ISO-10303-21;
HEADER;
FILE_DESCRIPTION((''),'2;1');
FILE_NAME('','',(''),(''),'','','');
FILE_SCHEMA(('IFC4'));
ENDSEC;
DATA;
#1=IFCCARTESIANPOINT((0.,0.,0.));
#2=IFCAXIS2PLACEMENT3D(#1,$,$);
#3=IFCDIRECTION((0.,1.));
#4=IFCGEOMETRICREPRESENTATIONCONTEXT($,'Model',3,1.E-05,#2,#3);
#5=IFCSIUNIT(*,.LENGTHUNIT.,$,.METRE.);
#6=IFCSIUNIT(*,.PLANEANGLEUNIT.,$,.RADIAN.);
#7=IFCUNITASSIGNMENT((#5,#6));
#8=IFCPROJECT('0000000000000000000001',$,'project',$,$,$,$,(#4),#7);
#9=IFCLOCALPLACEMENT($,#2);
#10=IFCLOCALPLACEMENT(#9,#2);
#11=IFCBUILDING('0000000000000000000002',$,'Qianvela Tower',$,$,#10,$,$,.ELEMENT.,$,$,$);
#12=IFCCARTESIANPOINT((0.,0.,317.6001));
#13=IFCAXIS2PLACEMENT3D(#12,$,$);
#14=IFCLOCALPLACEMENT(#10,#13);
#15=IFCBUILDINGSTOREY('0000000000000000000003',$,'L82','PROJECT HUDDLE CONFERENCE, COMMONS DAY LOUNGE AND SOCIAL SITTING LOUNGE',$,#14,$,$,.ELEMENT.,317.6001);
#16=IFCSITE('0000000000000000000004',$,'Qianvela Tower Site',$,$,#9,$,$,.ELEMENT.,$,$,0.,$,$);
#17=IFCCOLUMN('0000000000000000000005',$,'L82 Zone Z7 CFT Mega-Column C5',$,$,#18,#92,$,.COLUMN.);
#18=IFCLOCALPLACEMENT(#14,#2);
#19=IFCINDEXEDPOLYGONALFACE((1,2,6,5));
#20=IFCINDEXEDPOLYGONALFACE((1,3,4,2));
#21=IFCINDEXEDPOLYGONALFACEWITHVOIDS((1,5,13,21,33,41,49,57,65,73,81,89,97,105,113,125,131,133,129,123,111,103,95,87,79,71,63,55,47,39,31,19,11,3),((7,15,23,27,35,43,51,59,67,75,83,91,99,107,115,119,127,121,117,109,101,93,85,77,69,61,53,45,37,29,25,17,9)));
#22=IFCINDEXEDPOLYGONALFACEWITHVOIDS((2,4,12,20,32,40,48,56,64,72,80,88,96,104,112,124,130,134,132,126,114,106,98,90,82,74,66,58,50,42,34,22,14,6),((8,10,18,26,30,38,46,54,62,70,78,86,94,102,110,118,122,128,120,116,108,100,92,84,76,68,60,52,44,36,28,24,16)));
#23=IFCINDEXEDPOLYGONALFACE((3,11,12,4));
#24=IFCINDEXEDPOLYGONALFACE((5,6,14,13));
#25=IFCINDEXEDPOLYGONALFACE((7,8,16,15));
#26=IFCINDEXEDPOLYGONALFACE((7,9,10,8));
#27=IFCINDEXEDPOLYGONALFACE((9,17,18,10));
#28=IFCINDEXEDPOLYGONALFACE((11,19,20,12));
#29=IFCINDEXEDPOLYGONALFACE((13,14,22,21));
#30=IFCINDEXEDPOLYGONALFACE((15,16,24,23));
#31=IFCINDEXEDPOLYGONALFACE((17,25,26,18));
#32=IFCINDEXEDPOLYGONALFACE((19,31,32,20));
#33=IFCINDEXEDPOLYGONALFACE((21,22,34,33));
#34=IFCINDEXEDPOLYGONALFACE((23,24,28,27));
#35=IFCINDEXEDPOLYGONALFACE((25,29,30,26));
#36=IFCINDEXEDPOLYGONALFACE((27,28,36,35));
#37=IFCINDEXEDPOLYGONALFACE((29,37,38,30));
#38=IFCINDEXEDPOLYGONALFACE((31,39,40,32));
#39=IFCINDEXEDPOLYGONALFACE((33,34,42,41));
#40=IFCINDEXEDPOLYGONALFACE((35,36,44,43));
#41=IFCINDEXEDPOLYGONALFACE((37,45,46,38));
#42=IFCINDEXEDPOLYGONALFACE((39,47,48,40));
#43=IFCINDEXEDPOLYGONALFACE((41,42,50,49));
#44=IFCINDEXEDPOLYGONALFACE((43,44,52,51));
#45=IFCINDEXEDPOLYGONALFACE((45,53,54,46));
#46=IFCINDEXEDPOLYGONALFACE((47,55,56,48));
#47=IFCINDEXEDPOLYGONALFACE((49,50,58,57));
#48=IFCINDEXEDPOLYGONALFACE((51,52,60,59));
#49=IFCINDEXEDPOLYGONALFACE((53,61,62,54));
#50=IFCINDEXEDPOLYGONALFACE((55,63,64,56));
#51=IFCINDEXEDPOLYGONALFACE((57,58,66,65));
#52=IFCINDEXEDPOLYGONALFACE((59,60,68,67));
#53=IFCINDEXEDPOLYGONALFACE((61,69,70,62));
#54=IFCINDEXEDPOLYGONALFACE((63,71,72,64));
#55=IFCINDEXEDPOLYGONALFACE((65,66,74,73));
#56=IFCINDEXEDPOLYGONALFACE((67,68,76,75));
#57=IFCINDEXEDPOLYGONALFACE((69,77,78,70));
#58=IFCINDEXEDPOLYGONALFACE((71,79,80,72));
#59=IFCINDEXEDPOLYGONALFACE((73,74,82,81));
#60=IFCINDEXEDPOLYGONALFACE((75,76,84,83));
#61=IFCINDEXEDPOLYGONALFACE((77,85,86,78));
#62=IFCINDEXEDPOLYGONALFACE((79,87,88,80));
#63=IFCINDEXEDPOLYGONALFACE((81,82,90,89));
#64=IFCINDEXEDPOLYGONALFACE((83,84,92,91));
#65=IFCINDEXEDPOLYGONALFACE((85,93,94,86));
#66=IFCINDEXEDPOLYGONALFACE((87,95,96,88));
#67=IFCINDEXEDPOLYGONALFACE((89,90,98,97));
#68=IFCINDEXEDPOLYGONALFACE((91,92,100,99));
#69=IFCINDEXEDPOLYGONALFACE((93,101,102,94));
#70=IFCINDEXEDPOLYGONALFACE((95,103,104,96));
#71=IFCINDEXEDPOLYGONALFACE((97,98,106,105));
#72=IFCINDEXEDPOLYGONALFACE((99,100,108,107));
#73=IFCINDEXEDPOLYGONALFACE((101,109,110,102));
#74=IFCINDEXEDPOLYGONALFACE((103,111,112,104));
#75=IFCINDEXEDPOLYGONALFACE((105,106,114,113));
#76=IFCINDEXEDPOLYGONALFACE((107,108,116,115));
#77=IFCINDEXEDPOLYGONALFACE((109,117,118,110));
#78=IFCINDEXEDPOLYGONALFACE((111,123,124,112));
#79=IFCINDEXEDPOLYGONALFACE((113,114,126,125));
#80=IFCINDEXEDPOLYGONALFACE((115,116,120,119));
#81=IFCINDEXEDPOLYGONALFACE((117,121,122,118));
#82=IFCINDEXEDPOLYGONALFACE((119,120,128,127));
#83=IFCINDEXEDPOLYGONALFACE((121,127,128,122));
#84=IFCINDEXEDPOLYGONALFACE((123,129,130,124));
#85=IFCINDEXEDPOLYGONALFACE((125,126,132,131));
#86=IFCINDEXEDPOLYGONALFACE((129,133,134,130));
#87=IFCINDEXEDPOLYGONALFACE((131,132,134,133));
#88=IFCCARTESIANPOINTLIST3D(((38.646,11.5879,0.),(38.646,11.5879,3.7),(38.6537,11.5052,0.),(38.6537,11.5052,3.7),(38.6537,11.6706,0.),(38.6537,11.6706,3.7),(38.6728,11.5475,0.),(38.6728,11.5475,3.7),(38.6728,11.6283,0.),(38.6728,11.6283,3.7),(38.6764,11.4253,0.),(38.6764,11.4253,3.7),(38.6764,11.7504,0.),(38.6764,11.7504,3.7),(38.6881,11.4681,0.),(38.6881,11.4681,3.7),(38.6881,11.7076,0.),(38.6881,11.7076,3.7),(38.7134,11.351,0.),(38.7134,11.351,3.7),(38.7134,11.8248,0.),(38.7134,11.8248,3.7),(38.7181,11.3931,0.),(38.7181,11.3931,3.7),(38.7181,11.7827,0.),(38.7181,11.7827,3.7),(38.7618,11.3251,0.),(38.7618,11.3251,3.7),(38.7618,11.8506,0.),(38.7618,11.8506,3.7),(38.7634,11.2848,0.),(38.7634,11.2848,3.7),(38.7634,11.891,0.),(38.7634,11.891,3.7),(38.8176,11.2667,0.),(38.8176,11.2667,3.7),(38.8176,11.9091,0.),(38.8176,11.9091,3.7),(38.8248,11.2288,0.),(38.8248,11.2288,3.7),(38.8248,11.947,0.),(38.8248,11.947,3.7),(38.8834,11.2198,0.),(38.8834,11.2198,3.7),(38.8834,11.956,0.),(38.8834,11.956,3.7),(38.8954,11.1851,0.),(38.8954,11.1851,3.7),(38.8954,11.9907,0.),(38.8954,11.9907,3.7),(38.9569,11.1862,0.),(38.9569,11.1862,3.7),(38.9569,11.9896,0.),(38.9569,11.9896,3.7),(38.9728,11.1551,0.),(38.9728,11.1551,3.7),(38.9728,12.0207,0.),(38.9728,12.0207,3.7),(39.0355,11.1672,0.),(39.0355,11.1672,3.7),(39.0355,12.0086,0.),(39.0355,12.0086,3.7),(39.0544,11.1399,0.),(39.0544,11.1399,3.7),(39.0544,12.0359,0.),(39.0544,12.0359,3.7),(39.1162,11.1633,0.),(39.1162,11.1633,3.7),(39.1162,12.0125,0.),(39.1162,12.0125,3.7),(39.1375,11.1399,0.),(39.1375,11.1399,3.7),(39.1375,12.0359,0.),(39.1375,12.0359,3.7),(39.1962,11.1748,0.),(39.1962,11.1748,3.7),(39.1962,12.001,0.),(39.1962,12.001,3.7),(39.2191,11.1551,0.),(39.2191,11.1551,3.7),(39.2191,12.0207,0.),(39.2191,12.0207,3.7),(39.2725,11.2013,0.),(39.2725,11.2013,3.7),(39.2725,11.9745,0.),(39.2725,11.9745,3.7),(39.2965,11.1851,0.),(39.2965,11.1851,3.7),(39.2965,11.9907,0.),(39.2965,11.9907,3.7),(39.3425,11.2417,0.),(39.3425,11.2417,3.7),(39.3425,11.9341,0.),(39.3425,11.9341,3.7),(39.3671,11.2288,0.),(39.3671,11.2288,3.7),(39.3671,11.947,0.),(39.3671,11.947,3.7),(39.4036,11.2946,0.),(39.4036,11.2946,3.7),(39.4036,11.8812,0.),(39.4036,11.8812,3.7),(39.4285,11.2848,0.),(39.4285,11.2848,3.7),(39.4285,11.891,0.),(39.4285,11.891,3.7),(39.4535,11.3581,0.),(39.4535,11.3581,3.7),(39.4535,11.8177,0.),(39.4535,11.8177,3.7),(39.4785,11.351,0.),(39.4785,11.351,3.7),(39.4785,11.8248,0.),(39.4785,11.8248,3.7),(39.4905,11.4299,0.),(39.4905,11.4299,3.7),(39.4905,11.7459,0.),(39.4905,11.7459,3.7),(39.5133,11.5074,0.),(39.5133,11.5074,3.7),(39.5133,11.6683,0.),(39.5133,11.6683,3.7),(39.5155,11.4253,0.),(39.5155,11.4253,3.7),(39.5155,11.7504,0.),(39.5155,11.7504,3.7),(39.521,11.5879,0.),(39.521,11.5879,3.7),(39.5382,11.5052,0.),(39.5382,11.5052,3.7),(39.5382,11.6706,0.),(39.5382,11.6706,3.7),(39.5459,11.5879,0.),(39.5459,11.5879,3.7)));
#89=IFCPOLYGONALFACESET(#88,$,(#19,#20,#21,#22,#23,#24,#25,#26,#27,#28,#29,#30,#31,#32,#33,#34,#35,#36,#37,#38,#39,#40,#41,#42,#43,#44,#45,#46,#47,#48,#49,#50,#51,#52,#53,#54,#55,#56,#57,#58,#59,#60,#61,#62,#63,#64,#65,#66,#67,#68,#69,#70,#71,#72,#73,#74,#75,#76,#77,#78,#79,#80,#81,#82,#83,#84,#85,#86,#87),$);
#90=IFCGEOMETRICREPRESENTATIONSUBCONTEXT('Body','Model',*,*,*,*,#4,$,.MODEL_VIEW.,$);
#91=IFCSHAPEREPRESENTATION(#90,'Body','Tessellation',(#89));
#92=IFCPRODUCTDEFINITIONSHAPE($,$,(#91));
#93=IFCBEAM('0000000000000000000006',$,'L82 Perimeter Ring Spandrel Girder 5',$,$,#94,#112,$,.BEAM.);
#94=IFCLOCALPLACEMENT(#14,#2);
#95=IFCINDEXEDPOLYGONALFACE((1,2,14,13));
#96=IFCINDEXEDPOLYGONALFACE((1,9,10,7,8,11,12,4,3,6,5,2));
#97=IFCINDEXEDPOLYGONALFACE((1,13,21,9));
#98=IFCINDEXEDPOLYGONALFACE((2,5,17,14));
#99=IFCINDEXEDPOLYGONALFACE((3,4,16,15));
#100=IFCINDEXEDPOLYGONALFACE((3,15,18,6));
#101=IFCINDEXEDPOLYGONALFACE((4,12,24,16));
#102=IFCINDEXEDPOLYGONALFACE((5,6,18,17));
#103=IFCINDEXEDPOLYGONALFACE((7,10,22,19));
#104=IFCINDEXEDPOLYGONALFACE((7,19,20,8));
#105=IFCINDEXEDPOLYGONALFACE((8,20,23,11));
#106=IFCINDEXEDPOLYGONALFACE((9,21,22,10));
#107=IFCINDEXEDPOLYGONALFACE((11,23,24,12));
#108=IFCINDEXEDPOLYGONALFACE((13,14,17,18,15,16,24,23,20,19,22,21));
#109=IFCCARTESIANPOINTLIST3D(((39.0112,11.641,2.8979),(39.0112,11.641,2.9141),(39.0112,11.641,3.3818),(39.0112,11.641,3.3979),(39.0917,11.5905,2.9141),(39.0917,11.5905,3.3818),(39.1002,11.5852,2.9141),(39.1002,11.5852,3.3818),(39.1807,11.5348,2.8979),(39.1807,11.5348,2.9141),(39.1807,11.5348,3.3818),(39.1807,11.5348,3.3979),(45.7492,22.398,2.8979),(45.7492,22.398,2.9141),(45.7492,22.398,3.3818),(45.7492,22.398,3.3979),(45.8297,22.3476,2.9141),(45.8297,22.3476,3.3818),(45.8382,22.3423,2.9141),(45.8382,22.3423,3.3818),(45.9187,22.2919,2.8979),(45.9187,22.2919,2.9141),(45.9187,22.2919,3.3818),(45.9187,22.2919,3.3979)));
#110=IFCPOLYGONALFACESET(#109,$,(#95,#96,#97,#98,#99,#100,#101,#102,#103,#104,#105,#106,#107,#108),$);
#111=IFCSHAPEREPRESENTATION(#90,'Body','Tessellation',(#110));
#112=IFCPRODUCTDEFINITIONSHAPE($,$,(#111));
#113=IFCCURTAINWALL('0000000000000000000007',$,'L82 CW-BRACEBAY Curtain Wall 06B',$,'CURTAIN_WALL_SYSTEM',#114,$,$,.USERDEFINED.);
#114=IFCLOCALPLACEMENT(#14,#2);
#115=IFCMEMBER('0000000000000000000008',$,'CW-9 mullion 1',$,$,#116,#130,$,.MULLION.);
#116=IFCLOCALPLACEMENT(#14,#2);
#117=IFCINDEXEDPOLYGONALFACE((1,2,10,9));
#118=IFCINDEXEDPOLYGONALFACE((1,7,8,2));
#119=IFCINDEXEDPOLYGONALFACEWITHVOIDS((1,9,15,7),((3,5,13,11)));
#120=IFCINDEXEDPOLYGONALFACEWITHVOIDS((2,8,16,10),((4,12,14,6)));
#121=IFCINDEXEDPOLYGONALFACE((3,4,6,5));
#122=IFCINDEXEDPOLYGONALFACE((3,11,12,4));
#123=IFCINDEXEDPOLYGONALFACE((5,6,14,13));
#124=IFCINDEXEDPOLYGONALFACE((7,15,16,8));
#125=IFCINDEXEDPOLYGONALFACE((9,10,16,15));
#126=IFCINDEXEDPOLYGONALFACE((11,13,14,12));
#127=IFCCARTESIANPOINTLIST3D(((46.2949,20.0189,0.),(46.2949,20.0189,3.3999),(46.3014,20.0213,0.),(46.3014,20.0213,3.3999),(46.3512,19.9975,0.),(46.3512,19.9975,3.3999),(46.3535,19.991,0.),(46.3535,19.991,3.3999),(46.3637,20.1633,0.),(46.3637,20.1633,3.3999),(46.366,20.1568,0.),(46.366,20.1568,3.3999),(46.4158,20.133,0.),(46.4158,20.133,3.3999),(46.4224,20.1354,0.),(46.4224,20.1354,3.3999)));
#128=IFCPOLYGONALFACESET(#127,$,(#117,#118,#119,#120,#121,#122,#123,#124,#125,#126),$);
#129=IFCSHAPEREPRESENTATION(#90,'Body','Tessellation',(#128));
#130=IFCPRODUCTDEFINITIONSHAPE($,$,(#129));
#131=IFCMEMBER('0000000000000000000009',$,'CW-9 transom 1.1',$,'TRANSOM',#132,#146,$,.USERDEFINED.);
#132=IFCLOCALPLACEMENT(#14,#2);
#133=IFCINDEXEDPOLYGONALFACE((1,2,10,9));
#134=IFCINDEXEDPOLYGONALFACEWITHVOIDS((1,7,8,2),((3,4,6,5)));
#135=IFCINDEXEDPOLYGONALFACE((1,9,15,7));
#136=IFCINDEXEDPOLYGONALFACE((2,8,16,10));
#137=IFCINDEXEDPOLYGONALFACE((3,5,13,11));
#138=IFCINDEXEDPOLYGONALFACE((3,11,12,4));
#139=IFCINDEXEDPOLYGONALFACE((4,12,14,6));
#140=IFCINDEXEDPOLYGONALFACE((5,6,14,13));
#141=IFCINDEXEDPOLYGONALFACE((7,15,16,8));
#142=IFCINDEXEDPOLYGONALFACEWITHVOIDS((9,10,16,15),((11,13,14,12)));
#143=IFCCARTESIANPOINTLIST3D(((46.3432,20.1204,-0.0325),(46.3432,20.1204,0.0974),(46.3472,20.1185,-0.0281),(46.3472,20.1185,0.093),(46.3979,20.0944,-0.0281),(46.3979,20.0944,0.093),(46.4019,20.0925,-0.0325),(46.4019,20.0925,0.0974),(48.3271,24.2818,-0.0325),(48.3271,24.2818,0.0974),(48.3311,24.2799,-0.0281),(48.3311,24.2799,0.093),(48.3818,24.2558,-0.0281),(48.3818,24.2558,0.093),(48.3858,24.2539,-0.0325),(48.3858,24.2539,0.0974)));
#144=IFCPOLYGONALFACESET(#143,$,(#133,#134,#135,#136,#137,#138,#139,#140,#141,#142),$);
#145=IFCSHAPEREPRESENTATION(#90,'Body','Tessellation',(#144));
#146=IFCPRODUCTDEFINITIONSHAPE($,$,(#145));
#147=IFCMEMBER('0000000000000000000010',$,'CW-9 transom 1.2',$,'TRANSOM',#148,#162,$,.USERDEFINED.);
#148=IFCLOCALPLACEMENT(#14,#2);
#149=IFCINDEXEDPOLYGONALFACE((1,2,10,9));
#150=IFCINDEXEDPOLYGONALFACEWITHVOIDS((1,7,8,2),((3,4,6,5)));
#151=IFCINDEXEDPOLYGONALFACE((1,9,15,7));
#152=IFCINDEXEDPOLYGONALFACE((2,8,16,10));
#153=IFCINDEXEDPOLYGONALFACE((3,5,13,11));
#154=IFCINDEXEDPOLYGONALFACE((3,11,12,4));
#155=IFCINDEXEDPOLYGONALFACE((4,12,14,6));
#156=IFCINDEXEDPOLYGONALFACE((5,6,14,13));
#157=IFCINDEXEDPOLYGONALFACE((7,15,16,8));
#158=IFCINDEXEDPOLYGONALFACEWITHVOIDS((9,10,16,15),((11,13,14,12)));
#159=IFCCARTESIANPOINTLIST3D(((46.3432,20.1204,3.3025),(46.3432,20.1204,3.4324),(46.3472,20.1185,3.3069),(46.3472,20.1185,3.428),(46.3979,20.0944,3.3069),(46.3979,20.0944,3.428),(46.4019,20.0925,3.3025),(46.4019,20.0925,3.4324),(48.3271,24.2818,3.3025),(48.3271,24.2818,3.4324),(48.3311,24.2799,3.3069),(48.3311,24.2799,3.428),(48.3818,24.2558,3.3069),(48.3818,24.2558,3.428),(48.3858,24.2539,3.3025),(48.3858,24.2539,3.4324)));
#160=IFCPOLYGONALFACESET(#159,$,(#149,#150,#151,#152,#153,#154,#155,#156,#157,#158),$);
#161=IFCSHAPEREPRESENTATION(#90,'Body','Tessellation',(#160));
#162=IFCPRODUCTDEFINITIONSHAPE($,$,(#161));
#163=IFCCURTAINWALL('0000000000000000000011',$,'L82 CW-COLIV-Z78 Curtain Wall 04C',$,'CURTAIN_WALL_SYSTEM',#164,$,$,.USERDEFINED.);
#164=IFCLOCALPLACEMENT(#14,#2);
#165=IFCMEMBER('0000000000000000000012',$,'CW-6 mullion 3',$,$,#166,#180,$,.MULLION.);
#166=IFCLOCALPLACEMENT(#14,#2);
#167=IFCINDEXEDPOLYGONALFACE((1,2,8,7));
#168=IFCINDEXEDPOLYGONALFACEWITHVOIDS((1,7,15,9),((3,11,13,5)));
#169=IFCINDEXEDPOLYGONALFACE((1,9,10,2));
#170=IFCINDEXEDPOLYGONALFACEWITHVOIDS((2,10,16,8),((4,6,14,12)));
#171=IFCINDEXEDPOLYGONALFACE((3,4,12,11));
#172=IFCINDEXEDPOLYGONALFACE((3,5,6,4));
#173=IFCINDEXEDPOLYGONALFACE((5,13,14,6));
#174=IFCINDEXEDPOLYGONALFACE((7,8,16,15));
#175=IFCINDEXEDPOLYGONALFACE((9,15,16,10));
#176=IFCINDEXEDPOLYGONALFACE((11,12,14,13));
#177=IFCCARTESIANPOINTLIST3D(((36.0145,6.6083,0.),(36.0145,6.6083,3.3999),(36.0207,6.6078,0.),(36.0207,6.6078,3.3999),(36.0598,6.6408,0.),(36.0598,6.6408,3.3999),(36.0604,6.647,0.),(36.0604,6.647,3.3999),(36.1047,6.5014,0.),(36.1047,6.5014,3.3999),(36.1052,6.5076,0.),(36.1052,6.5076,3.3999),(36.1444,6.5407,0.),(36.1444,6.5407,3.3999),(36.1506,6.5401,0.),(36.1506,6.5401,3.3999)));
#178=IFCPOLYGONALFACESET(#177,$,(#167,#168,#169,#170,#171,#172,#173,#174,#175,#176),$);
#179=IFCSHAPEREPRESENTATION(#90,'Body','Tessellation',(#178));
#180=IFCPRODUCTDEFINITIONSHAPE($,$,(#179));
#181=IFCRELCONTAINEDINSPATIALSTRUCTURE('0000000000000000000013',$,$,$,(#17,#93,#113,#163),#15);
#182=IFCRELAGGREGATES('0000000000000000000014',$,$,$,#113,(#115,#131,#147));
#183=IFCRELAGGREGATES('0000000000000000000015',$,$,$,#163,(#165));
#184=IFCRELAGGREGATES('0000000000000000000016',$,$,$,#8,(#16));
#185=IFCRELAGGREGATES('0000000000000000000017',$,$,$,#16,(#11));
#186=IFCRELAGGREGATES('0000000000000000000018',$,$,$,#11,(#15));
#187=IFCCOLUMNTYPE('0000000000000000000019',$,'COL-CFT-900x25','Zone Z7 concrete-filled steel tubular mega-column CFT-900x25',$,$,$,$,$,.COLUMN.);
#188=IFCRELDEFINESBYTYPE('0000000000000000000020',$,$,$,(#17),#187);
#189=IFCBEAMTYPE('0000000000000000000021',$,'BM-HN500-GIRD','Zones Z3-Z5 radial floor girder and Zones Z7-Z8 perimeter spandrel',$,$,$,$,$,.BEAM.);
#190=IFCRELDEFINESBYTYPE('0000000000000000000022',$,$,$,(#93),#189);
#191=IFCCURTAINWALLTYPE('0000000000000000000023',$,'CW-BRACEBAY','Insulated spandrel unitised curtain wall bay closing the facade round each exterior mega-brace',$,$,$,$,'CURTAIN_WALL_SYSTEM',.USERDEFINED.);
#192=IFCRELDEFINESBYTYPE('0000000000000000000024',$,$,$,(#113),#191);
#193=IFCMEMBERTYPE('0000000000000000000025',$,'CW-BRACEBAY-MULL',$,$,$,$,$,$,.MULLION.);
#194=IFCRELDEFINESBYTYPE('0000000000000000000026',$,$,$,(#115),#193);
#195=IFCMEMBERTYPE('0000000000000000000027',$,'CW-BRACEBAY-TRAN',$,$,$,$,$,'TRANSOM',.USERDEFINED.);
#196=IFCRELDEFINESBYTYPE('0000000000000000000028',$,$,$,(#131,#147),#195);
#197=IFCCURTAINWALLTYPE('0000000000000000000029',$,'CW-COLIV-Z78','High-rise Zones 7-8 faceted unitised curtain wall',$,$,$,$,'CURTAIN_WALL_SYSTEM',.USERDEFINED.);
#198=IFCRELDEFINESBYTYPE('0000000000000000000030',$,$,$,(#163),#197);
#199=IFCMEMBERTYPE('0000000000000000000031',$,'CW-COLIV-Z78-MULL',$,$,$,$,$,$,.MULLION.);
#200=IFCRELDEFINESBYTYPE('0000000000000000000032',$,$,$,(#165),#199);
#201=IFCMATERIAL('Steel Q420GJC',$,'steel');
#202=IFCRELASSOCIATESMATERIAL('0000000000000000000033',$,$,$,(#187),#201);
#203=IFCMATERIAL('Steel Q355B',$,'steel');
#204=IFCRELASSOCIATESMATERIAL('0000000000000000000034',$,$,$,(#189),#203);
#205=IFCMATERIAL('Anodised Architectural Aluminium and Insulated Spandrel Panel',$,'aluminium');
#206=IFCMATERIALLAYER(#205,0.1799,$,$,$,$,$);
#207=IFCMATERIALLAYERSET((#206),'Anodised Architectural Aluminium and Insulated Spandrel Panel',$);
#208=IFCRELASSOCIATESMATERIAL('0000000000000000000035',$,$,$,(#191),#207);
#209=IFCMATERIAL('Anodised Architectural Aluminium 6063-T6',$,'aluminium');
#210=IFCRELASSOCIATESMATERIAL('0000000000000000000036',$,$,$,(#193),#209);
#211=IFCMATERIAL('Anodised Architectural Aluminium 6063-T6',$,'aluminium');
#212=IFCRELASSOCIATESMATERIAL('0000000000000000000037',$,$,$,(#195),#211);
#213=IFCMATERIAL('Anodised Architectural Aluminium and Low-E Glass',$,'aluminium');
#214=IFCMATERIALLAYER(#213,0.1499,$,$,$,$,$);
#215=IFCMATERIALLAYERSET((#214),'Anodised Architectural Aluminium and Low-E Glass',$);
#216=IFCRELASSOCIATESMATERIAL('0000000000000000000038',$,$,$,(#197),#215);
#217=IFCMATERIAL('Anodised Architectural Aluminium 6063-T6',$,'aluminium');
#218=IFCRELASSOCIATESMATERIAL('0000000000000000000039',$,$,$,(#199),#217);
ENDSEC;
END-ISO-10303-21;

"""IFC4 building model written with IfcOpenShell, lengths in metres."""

from ifc_helpers import new_model, si_unit, direction, frame, origin, origin_2d, place, context, subcontext, project, spatial, hollow_rectangle, hollow_circle, i_section, extrude, material, layer, layer_set, material_profile, profile_set, type_object, element, aggregate, save


model = new_model("IFC4")

# Units and contexts
model_context = context("Model", 3, precision=1e-05, world=origin(), true_north=direction((0.0, 1.0)))
body_context = subcontext(model_context, "Body", "Model", "MODEL_VIEW")
ifc_project = project(units=[si_unit("LENGTHUNIT", "METRE"), si_unit("PLANEANGLEUNIT", "RADIAN")], contexts=[model_context])

# Site, building, storey
site_placement = place(None, origin())
site = spatial("IfcSite", under=ifc_project, at=site_placement, Name="Qianvela Tower Site", CompositionType="ELEMENT", RefElevation=0.0)
building_placement = place(site_placement, origin())
building = spatial("IfcBuilding", under=site, at=building_placement, Name="Qianvela Tower", CompositionType="ELEMENT")
storey_placement = place(building_placement, frame((0.0, 0.0, 317.6001)))
storey = spatial("IfcBuildingStorey", under=building, at=storey_placement, Name="L82", Description="PROJECT HUDDLE CONFERENCE, COMMONS DAY LOUNGE AND SOCIAL SITTING LOUNGE", CompositionType="ELEMENT", Elevation=317.6001)

# Column
ifc_material_1 = material(Name="Steel Q420GJC", Category="steel")
ifc_material_profile_1 = material_profile(ifc_material_1, hollow_circle(Radius=0.45, WallThickness=0.0249, at=origin_2d()), Name="CFT-900x25")
ifc_profile_set_1 = profile_set([ifc_material_profile_1], Name="Steel Q420GJC")
column_type = type_object("IfcColumnType", Name="COL-CFT-900x25", Description="Zone Z7 concrete-filled steel tubular mega-column CFT-900x25", PredefinedType="COLUMN", material=ifc_profile_set_1)
column_placement = place(storey_placement, frame((39.0959, 11.5879, 0.0), z_axis=(0.0, 0.0, 1.0), x_axis=(1.0, 0.0, 0.0)))
element("IfcColumn", 1, at=column_placement, inside=storey, type_object=column_type, Name="L82 Zone Z7 CFT Mega-Column C5", PredefinedType="COLUMN", context=body_context, shape_type="SweptSolid", body=[
    extrude(hollow_circle(Radius=0.45, WallThickness=0.0249, at=origin_2d()), origin(), (0.0, 0.0, 1.0), 3.7),
])

# Beam
ifc_material_2 = material(Name="Steel Q355B", Category="steel")
ifc_material_profile_2 = material_profile(ifc_material_2, i_section(OverallWidth=0.2, OverallDepth=0.5, WebThickness=0.01, FlangeThickness=0.0161, at=origin_2d()), Name="HN500x200x10x16")
ifc_profile_set_2 = profile_set([ifc_material_profile_2], Name="Steel Q355B")
beam_type = type_object("IfcBeamType", Name="BM-HN500-GIRD", Description="Zones Z3-Z5 radial floor girder and Zones Z7-Z8 perimeter spandrel", PredefinedType="BEAM", material=ifc_profile_set_2)
beam_placement = place(storey_placement, frame((39.0959, 11.5879, 3.1479), z_axis=(0.530841, 0.847472, 0.0), x_axis=(-0.847472, 0.530841, 0.0)))
element("IfcBeam", 2, at=beam_placement, inside=storey, type_object=beam_type, Name="L82 Perimeter Ring Spandrel Girder 5", PredefinedType="BEAM", context=body_context, shape_type="SweptSolid", body=[
    extrude(i_section(OverallWidth=0.2, OverallDepth=0.5, WebThickness=0.01, FlangeThickness=0.0161, at=origin_2d()), origin(), (0.0, 0.0, 1.0), 12.6931),
])

# Curtain wall, members
ifc_material_3 = material(Name="Anodised Architectural Aluminium and Insulated Spandrel Panel", Category="aluminium")
ifc_layer_1 = layer(ifc_material_3, 0.1799)
ifc_layer_set_1 = layer_set([ifc_layer_1], Name="Anodised Architectural Aluminium and Insulated Spandrel Panel")
curtain_wall_type_1 = type_object("IfcCurtainWallType", Name="CW-BRACEBAY", Description="Insulated spandrel unitised curtain wall bay closing the facade round each exterior mega-brace", ElementType="CURTAIN_WALL_SYSTEM", PredefinedType="USERDEFINED", material=ifc_layer_set_1)
curtain_wall_1_placement = place(storey_placement, origin())
curtain_wall_1 = element("IfcCurtainWall", 3, at=curtain_wall_1_placement, inside=storey, type_object=curtain_wall_type_1, Name="L82 CW-BRACEBAY Curtain Wall 06B", ObjectType="CURTAIN_WALL_SYSTEM", PredefinedType="USERDEFINED")
ifc_material_4 = material(Name="Anodised Architectural Aluminium 6063-T6", Category="aluminium")
ifc_material_profile_3 = material_profile(ifc_material_4, hollow_rectangle(XDim=0.0649, YDim=0.1599, WallThickness=0.0049, at=origin_2d()), Name="ALU-MULL-65x160")
ifc_profile_set_3 = profile_set([ifc_material_profile_3], Name="Anodised Architectural Aluminium 6063-T6")
member_type_1 = type_object("IfcMemberType", Name="CW-BRACEBAY-MULL", PredefinedType="MULLION", material=ifc_profile_set_3)
member_1_placement = place(storey_placement, frame((46.3586, 20.0771, 0.0), z_axis=(0.0, 0.0, 1.0), x_axis=(-0.902687, 0.430299, 0.0)))
member_1 = element("IfcMember", 4, at=member_1_placement, type_object=member_type_1, Name="CW-9 mullion 1", PredefinedType="MULLION", context=body_context, shape_type="SweptSolid", body=[
    extrude(hollow_rectangle(XDim=0.0649, YDim=0.1599, WallThickness=0.0049, at=origin_2d()), origin(), (0.0, 0.0, 1.0), 3.3999),
])
ifc_material_5 = material(Name="Anodised Architectural Aluminium 6063-T6", Category="aluminium")
ifc_material_profile_4 = material_profile(ifc_material_5, hollow_rectangle(XDim=0.0649, YDim=0.1299, WallThickness=0.0044, at=origin_2d()), Name="ALU-TRAN-65x130")
ifc_profile_set_4 = profile_set([ifc_material_profile_4], Name="Anodised Architectural Aluminium 6063-T6")
member_type_2 = type_object("IfcMemberType", Name="CW-BRACEBAY-TRAN", ElementType="TRANSOM", PredefinedType="USERDEFINED", material=ifc_profile_set_4)
member_2_placement = place(storey_placement, frame((46.3726, 20.1064, 0.0325), z_axis=(0.430336, 0.902669, 0.0), x_axis=(-0.902669, 0.430336, 0.0)))
member_2 = element("IfcMember", 5, at=member_2_placement, type_object=member_type_2, Name="CW-9 transom 1.1", ObjectType="TRANSOM", PredefinedType="USERDEFINED", context=body_context, shape_type="SweptSolid", body=[
    extrude(hollow_rectangle(XDim=0.0649, YDim=0.1299, WallThickness=0.0044, at=origin_2d()), origin(), (0.0, 0.0, 1.0), 4.6101),
])
member_3_placement = place(storey_placement, frame((46.3726, 20.1064, 3.3674), z_axis=(0.430336, 0.902669, 0.0), x_axis=(-0.902669, 0.430336, 0.0)))
member_3 = element("IfcMember", 6, at=member_3_placement, type_object=member_type_2, Name="CW-9 transom 1.2", ObjectType="TRANSOM", PredefinedType="USERDEFINED", context=body_context, shape_type="SweptSolid", body=[
    extrude(hollow_rectangle(XDim=0.0649, YDim=0.1299, WallThickness=0.0044, at=origin_2d()), origin(), (0.0, 0.0, 1.0), 4.6101),
])
aggregate(curtain_wall_1, [member_1, member_2, member_3])

# Curtain wall, member
ifc_material_6 = material(Name="Anodised Architectural Aluminium and Low-E Glass", Category="aluminium")
ifc_layer_2 = layer(ifc_material_6, 0.1499)
ifc_layer_set_2 = layer_set([ifc_layer_2], Name="Anodised Architectural Aluminium and Low-E Glass")
curtain_wall_type_2 = type_object("IfcCurtainWallType", Name="CW-COLIV-Z78", Description="High-rise Zones 7-8 faceted unitised curtain wall", ElementType="CURTAIN_WALL_SYSTEM", PredefinedType="USERDEFINED", material=ifc_layer_set_2)
curtain_wall_2_placement = place(storey_placement, origin())
curtain_wall_2 = element("IfcCurtainWall", 7, at=curtain_wall_2_placement, inside=storey, type_object=curtain_wall_type_2, Name="L82 CW-COLIV-Z78 Curtain Wall 04C", ObjectType="CURTAIN_WALL_SYSTEM", PredefinedType="USERDEFINED")
ifc_material_7 = material(Name="Anodised Architectural Aluminium 6063-T6", Category="aluminium")
ifc_material_profile_5 = material_profile(ifc_material_7, hollow_rectangle(XDim=0.0601, YDim=0.1399, WallThickness=0.0044, at=origin_2d()), Name="ALU-MULL-60x140")
ifc_profile_set_5 = profile_set([ifc_material_profile_5], Name="Anodised Architectural Aluminium 6063-T6")
member_type_3 = type_object("IfcMemberType", Name="CW-COLIV-Z78-MULL", PredefinedType="MULLION", material=ifc_profile_set_5)
member_4_placement = place(storey_placement, frame((36.0825, 6.5742, 0.0), z_axis=(0.0, 0.0, 1.0), x_axis=(0.764245, 0.644926, 0.0)))
member_4 = element("IfcMember", 8, at=member_4_placement, type_object=member_type_3, Name="CW-6 mullion 3", PredefinedType="MULLION", context=body_context, shape_type="SweptSolid", body=[
    extrude(hollow_rectangle(XDim=0.0601, YDim=0.1399, WallThickness=0.0044, at=origin_2d()), origin(), (0.0, 0.0, 1.0), 3.3999),
])
aggregate(curtain_wall_2, [member_4])

save(model, "model.ifc")
